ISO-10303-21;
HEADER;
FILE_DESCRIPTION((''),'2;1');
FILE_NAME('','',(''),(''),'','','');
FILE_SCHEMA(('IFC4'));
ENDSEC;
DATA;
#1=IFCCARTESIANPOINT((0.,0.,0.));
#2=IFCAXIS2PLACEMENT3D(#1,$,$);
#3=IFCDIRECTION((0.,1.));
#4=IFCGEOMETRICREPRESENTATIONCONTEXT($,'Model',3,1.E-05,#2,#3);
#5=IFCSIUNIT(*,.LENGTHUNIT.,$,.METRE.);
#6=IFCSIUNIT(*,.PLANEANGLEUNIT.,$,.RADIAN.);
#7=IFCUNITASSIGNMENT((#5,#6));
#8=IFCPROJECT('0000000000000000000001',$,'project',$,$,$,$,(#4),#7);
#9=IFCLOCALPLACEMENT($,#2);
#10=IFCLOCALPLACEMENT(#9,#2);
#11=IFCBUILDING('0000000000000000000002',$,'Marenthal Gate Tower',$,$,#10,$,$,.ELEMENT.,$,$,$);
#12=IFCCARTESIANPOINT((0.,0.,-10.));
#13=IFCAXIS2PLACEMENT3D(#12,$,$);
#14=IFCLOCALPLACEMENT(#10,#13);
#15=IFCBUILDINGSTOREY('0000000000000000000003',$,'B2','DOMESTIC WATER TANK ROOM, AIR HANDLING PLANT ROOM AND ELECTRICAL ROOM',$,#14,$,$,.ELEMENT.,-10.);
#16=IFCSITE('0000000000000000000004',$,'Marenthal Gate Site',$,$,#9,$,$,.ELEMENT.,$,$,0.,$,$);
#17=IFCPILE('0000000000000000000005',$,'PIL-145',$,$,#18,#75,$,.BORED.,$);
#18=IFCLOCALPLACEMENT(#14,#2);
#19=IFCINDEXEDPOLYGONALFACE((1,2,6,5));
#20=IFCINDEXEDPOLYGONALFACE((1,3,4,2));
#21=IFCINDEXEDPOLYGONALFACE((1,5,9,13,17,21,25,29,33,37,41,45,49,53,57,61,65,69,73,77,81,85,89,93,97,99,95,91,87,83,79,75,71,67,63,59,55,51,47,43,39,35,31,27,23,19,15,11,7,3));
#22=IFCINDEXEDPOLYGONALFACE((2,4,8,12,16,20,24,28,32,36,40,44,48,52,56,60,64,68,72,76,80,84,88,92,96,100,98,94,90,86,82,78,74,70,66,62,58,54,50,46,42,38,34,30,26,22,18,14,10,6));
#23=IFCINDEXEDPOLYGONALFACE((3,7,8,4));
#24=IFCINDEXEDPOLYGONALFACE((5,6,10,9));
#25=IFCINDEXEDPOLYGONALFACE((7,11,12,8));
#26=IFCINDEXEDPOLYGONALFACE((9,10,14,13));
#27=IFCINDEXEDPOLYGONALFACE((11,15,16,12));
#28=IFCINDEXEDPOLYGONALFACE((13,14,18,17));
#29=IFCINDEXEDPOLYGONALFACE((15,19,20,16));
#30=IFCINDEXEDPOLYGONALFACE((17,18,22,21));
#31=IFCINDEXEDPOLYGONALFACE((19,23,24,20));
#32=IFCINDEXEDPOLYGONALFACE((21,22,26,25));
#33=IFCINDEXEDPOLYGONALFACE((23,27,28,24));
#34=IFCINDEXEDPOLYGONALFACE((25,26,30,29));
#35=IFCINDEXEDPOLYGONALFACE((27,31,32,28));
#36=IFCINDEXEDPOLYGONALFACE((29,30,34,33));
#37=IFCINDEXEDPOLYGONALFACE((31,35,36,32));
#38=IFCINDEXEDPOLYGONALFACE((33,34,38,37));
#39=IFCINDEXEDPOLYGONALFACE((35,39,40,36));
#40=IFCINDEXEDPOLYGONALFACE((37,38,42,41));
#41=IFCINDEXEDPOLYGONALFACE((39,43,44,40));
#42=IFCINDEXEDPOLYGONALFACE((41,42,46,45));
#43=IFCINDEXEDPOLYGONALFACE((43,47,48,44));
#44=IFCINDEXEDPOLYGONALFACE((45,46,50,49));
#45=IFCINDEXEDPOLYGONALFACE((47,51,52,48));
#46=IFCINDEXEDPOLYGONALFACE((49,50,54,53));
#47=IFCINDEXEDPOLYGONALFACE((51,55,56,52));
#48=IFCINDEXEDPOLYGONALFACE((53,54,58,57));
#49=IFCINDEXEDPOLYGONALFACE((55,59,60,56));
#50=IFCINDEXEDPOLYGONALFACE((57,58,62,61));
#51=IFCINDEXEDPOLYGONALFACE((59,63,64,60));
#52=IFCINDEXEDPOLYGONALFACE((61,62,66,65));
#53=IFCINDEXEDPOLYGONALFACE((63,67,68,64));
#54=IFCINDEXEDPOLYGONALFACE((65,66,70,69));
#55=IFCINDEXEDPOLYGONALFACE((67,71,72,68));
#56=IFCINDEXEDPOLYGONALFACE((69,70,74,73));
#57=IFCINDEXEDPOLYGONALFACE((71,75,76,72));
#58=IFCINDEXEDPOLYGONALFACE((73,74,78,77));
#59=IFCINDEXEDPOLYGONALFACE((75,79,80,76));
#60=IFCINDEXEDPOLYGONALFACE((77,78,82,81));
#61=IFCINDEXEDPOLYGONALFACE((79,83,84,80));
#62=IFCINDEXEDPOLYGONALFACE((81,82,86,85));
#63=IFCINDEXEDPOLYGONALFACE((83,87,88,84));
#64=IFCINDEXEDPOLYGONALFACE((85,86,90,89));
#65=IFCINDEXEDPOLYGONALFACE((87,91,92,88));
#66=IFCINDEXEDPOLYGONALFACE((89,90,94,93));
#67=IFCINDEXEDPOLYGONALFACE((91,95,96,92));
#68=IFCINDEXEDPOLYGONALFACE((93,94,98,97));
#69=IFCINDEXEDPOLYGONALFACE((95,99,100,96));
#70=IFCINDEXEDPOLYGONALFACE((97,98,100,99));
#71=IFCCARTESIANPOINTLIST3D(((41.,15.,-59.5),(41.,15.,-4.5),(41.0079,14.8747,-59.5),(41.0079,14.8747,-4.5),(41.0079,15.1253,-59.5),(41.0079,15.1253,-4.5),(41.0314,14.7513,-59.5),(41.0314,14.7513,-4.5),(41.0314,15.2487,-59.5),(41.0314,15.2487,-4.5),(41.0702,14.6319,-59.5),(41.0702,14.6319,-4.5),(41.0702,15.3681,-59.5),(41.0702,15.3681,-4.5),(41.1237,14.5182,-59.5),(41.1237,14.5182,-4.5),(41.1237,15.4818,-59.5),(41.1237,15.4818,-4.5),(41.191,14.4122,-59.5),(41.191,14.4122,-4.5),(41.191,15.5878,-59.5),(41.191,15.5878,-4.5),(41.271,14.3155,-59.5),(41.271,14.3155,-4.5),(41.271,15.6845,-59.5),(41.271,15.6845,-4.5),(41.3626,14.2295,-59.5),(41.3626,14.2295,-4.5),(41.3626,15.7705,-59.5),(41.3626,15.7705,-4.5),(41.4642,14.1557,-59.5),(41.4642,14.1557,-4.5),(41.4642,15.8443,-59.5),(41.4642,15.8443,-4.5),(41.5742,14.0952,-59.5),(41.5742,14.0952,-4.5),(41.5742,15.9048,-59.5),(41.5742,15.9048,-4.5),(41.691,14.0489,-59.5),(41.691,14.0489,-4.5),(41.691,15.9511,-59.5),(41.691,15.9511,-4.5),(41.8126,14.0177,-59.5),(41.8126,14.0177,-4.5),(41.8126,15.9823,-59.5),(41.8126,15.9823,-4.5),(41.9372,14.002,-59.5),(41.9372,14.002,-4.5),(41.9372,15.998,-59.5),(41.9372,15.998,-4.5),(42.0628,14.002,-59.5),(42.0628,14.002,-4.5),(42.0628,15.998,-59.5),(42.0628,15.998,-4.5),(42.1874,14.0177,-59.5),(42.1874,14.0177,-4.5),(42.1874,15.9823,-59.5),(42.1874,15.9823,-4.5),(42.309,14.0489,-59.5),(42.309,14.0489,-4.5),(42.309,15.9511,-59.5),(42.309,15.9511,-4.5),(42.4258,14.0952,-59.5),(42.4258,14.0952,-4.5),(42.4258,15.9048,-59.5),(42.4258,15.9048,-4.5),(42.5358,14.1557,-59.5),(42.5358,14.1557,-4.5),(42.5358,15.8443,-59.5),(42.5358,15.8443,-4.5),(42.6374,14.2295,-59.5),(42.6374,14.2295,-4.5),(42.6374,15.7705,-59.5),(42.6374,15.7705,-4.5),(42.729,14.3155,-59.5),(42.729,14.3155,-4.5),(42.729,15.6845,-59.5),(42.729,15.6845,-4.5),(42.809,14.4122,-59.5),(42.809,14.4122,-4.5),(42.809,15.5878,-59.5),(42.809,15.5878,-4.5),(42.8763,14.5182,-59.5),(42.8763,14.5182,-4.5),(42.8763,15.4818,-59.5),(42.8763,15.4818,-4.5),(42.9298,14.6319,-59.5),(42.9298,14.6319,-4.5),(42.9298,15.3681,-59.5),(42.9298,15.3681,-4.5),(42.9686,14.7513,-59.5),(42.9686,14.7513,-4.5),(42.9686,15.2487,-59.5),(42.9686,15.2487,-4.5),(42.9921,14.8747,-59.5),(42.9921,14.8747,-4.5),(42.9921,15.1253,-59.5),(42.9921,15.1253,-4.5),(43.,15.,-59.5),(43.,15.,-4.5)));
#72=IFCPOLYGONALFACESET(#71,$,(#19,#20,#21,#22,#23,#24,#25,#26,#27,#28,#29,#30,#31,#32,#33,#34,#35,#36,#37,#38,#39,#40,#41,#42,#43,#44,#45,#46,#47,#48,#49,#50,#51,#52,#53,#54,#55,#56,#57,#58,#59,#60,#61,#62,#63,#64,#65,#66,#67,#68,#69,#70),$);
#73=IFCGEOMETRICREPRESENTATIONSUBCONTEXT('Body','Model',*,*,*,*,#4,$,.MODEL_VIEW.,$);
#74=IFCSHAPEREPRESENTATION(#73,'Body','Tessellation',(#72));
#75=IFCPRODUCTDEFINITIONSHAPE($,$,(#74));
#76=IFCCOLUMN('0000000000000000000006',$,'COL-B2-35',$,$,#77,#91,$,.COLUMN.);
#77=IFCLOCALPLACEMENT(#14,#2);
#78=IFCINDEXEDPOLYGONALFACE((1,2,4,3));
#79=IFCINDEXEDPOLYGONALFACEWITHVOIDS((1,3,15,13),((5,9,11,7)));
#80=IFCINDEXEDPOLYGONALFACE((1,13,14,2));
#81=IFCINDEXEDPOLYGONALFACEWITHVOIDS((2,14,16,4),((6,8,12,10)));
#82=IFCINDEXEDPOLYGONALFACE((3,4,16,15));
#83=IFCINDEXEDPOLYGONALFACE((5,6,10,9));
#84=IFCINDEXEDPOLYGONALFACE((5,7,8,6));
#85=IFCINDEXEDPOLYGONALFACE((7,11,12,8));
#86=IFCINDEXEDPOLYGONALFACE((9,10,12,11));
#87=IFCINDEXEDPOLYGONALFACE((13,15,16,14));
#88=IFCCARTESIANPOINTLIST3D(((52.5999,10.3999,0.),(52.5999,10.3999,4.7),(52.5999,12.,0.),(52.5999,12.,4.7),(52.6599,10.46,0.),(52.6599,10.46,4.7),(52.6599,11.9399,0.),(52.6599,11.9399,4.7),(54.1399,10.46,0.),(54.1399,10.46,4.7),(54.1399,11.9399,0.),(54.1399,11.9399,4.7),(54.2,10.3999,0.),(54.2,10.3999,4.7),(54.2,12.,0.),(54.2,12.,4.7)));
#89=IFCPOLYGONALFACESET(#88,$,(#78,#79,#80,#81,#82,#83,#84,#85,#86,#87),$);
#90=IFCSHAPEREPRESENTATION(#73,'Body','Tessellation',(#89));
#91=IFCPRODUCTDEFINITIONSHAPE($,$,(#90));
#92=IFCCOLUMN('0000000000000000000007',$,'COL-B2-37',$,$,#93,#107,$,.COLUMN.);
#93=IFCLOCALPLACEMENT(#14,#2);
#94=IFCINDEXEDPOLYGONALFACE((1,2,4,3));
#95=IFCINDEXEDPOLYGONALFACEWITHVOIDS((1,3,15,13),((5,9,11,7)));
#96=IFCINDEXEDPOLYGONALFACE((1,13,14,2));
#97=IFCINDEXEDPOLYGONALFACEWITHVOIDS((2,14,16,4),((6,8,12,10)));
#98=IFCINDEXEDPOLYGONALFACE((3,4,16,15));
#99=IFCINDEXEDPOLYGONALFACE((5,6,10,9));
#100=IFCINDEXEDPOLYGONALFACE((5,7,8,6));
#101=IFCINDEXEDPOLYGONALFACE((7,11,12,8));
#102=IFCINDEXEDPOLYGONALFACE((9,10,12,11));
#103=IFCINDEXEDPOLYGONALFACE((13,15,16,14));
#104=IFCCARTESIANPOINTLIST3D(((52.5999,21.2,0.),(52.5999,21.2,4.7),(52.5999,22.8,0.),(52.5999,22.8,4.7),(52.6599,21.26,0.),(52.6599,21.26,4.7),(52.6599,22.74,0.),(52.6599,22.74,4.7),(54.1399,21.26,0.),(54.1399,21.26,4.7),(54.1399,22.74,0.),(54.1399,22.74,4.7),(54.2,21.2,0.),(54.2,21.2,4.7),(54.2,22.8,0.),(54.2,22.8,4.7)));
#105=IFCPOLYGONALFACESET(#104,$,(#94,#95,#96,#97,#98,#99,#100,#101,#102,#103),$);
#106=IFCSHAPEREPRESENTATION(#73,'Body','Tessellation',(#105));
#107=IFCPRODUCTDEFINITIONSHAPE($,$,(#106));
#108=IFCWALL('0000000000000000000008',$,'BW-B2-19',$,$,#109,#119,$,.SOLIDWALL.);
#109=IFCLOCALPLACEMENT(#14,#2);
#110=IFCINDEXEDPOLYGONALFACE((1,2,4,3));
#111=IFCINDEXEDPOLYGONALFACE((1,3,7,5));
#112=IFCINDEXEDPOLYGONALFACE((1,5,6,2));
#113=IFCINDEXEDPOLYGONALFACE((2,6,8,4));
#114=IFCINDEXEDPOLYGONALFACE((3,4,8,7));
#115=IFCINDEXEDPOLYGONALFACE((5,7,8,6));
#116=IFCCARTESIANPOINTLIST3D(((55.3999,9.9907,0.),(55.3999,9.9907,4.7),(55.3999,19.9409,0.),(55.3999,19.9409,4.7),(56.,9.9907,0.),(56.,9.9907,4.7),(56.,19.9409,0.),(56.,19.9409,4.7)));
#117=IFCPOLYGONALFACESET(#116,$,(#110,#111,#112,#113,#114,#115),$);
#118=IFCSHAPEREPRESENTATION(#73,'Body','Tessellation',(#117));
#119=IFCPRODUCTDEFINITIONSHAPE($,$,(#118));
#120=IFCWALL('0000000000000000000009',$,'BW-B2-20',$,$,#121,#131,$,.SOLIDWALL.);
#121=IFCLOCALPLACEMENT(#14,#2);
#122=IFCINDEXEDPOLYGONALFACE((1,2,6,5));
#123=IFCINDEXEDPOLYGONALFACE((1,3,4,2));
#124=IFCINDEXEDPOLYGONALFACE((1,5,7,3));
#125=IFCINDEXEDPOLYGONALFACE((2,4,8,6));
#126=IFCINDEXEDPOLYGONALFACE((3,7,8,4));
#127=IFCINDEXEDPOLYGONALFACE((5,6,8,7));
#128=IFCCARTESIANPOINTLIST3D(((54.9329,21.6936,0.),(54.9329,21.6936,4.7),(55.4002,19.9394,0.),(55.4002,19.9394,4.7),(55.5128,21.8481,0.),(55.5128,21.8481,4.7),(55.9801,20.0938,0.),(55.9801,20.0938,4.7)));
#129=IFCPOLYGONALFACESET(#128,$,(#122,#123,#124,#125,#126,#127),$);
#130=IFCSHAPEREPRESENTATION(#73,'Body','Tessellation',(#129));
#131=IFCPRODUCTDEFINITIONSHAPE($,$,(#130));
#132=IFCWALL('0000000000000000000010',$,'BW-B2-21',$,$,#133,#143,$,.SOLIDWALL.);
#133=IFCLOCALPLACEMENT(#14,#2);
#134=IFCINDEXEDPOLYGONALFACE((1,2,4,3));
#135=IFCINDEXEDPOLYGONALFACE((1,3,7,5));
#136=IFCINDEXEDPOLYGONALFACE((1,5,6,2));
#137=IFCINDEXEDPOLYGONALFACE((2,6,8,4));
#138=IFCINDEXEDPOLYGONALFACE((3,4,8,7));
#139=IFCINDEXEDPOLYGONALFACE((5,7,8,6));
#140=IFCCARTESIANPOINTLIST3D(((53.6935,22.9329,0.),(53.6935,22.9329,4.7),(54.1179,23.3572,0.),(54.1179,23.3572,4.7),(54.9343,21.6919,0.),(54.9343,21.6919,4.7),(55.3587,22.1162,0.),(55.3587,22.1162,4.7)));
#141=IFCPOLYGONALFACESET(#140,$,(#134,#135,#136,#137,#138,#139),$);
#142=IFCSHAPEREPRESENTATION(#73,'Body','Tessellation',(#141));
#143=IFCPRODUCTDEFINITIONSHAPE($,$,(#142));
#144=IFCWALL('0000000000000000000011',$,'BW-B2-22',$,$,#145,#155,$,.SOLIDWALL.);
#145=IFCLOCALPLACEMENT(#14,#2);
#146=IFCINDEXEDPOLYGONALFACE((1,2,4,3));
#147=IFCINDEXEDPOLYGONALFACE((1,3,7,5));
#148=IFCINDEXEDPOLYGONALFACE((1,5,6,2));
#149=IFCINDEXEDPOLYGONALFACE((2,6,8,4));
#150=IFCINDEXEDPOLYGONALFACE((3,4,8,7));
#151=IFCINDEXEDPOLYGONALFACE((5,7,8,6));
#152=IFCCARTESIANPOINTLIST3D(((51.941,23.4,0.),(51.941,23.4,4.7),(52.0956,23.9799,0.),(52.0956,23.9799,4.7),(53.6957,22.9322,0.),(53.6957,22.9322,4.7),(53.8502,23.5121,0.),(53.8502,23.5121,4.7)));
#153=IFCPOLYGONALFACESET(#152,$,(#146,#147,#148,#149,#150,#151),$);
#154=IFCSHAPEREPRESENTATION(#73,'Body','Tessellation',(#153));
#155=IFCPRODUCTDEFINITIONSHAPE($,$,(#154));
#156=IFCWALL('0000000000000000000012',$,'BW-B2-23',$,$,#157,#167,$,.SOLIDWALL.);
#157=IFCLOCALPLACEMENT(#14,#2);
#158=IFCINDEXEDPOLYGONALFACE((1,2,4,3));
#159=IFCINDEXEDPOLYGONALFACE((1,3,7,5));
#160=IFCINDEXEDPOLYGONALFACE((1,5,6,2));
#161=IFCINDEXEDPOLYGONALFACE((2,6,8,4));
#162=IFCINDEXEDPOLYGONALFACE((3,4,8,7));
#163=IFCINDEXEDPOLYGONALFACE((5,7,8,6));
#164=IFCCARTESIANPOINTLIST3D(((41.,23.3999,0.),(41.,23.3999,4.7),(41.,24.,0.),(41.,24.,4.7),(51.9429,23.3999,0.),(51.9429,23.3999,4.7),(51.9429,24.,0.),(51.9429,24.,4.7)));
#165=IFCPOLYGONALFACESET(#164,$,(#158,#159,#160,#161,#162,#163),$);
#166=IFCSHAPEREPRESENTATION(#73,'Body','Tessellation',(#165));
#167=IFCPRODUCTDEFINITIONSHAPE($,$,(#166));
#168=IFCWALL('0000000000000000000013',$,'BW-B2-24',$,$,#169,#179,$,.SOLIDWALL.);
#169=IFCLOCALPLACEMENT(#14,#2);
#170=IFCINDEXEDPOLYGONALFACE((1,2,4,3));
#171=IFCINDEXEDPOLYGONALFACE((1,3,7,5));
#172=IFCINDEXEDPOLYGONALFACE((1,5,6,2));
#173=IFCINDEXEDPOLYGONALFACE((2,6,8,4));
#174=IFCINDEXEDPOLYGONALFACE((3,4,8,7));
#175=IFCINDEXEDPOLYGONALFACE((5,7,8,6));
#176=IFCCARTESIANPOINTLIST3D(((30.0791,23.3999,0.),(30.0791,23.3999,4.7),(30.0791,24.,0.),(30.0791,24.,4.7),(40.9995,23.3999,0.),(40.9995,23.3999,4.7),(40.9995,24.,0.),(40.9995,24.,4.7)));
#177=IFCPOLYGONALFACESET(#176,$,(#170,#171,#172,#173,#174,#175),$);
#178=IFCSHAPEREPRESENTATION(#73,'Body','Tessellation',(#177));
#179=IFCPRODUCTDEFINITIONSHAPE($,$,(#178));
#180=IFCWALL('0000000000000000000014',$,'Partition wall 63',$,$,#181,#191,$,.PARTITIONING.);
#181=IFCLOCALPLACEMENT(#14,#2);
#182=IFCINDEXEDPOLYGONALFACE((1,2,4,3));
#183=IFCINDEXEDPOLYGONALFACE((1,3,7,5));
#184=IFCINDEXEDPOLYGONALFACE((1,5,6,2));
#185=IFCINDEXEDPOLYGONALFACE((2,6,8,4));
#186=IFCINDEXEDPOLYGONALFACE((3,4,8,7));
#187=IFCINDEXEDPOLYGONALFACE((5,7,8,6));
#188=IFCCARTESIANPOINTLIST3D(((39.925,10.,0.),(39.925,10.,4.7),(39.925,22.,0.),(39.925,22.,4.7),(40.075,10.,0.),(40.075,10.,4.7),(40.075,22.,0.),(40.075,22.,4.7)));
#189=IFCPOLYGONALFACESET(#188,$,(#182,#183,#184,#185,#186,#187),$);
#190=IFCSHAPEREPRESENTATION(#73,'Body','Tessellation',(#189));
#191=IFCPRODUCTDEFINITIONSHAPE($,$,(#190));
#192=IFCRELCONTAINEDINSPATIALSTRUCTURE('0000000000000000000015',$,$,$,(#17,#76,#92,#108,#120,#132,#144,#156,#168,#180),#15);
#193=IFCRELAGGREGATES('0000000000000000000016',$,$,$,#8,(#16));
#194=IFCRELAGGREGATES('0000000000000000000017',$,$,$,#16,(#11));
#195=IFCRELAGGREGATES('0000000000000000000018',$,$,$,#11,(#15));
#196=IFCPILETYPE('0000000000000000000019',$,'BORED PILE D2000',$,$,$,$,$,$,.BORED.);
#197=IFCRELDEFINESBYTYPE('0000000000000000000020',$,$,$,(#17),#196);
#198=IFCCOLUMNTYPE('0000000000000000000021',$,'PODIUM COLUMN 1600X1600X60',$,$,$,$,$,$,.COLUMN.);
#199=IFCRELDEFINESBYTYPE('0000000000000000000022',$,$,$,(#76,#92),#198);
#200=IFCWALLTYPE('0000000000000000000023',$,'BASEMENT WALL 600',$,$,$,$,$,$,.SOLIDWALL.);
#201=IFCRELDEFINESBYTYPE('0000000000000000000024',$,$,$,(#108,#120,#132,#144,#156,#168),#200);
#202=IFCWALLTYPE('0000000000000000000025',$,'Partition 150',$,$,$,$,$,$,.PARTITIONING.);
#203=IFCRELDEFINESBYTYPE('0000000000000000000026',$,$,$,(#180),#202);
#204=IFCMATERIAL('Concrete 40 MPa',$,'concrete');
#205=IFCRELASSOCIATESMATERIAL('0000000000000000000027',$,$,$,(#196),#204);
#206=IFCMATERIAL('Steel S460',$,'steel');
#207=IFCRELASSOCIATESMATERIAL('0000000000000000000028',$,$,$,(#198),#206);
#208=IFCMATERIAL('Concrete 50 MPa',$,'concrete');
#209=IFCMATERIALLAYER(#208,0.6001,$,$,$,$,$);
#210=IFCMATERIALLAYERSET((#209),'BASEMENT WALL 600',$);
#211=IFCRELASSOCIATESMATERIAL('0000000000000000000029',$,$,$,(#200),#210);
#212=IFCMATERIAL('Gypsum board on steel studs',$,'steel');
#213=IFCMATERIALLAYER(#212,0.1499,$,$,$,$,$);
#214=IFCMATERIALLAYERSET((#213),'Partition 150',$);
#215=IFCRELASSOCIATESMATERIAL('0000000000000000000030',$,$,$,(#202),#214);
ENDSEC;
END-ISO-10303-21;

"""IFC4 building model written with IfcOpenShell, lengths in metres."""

from ifc_helpers import new_model, si_unit, direction, frame, frame_2d, origin, origin_2d, place, context, subcontext, project, spatial, rectangle, hollow_rectangle, circle, extrude, material, layer, layer_set, material_profile, profile_set, type_object, element, save


model = new_model("IFC4")

# Units and contexts
model_context = context("Model", 3, precision=1e-05, world=origin(), true_north=direction((0.0, 1.0)))
body_context = subcontext(model_context, "Body", "Model", "MODEL_VIEW")
ifc_project = project(units=[si_unit("LENGTHUNIT", "METRE"), si_unit("PLANEANGLEUNIT", "RADIAN")], contexts=[model_context])

# Site, building, storey
site_placement = place(None, origin())
site = spatial("IfcSite", under=ifc_project, at=site_placement, Name="Marenthal Gate Site", CompositionType="ELEMENT", RefElevation=0.0)
building_placement = place(site_placement, origin())
building = spatial("IfcBuilding", under=site, at=building_placement, Name="Marenthal Gate Tower", CompositionType="ELEMENT")
storey_placement = place(building_placement, frame((0.0, 0.0, -10.0)))
storey = spatial("IfcBuildingStorey", under=building, at=storey_placement, Name="B2", Description="DOMESTIC WATER TANK ROOM, AIR HANDLING PLANT ROOM AND ELECTRICAL ROOM", CompositionType="ELEMENT", Elevation=-10.0)

# Pile
ifc_material_1 = material(Name="Concrete 40 MPa", Category="concrete")
pile_type = type_object("IfcPileType", Name="BORED PILE D2000", PredefinedType="BORED", material=ifc_material_1)
for number, where, z_axis, x_axis, name in (
    (1, (42.0, 15.0, -4.5), (0.0, 0.0, -1.0), (1.0, 0.0, 0.0), "PIL-145"),
):
    element("IfcPile", number, at=place(storey_placement, frame(where, z_axis=z_axis, x_axis=x_axis)), inside=storey, type_object=pile_type, Name=name, PredefinedType="BORED", context=body_context, shape_type="SweptSolid", body=[
        extrude(circle(Radius=1.0, at=origin_2d()), origin(), (0.0, 0.0, 1.0), 55.0),
    ])

# Columns
ifc_material_2 = material(Name="Steel S460", Category="steel")
ifc_material_profile_1 = material_profile(ifc_material_2, hollow_rectangle(XDim=1.6001, YDim=1.6001, WallThickness=0.0601, at=origin_2d()), Name="CFT BOX 1600X1600X60")
ifc_material_3 = material(Name="Concrete 70 MPa", Category="concrete")
ifc_material_profile_2 = material_profile(ifc_material_3, rectangle(XDim=1.48, YDim=1.48, at=origin_2d()), Name="CFT BOX 1600X1600X60 INFILL")
ifc_profile_set = profile_set([ifc_material_profile_1, ifc_material_profile_2], Name="Steel S460 shell, Concrete 70 MPa infill")
column_type = type_object("IfcColumnType", Name="PODIUM COLUMN 1600X1600X60", PredefinedType="COLUMN", material=ifc_profile_set)
for number, where, z_axis, x_axis, name in (
    (2, (53.3999, 11.2, 0.0), (0.0, 0.0, 1.0), (1.0, 0.0, 0.0), "COL-B2-35"),
    (3, (53.3999, 22.0, 0.0), (0.0, 0.0, 1.0), (1.0, 0.0, 0.0), "COL-B2-37"),
):
    element("IfcColumn", number, at=place(storey_placement, frame(where, z_axis=z_axis, x_axis=x_axis)), inside=storey, type_object=column_type, Name=name, PredefinedType="COLUMN", context=body_context, shape_type="SweptSolid", body=[
        extrude(hollow_rectangle(XDim=1.6001, YDim=1.6001, WallThickness=0.0601, at=origin_2d()), origin(), (0.0, 0.0, 1.0), 4.7),
    ])

# Walls
ifc_material_4 = material(Name="Concrete 50 MPa", Category="concrete")
ifc_layer_1 = layer(ifc_material_4, 0.6001)
ifc_layer_set_1 = layer_set([ifc_layer_1], Name="BASEMENT WALL 600")
wall_type_1 = type_object("IfcWallType", Name="BASEMENT WALL 600", PredefinedType="SOLIDWALL", material=ifc_layer_set_1)
wall_1_placement = place(storey_placement, frame((55.7, 9.9907, 0.0), z_axis=(0.0, 0.0, 1.0), x_axis=(0.0, 1.0, 0.0)))
element("IfcWall", 4, at=wall_1_placement, inside=storey, type_object=wall_type_1, Name="BW-B2-19", PredefinedType="SOLIDWALL", context=body_context, shape_type="SweptSolid", body=[
    extrude(rectangle(XDim=9.9502, YDim=0.6001, at=frame_2d((4.9751, 0.0))), origin(), (0.0, 0.0, 1.0), 4.7),
])
wall_2_placement = place(storey_placement, frame((55.6902, 20.0166, 0.0), z_axis=(0.0, 0.0, 1.0), x_axis=(-0.257412, 0.966302, 0.0)))
element("IfcWall", 5, at=wall_2_placement, inside=storey, type_object=wall_type_1, Name="BW-B2-20", PredefinedType="SOLIDWALL", context=body_context, shape_type="SweptSolid", body=[
    extrude(rectangle(XDim=1.8154, YDim=0.6001, at=frame_2d((0.9077, 0.0))), origin(), (0.0, 0.0, 1.0), 4.7),
])
wall_3_placement = place(storey_placement, frame((55.1465, 21.9041, 0.0), z_axis=(0.0, 0.0, 1.0), x_axis=(-0.707037, 0.707176, 0.0)))
element("IfcWall", 6, at=wall_3_placement, inside=storey, type_object=wall_type_1, Name="BW-B2-21", PredefinedType="SOLIDWALL", context=body_context, shape_type="SweptSolid", body=[
    extrude(rectangle(XDim=1.7549, YDim=0.6001, at=frame_2d((0.8774, 0.0))), origin(), (0.0, 0.0, 1.0), 4.7),
])
wall_4_placement = place(storey_placement, frame((53.7729, 23.2222, 0.0), z_axis=(0.0, 0.0, 1.0), x_axis=(-0.966253, 0.257596, 0.0)))
element("IfcWall", 7, at=wall_4_placement, inside=storey, type_object=wall_type_1, Name="BW-B2-22", PredefinedType="SOLIDWALL", context=body_context, shape_type="SweptSolid", body=[
    extrude(rectangle(XDim=1.8159, YDim=0.6001, at=frame_2d((0.908, 0.0))), origin(), (0.0, 0.0, 1.0), 4.7),
])
wall_5_placement = place(storey_placement, frame((51.9429, 23.7, 0.0), z_axis=(0.0, 0.0, 1.0), x_axis=(-1.0, 0.0, 0.0)))
element("IfcWall", 8, at=wall_5_placement, inside=storey, type_object=wall_type_1, Name="BW-B2-23", PredefinedType="SOLIDWALL", context=body_context, shape_type="SweptSolid", body=[
    extrude(rectangle(XDim=10.9429, YDim=0.6001, at=frame_2d((5.4714, 0.0))), origin(), (0.0, 0.0, 1.0), 4.7),
])
wall_6_placement = place(storey_placement, frame((40.9995, 23.7, 0.0), z_axis=(0.0, 0.0, 1.0), x_axis=(-1.0, 0.0, 0.0)))
element("IfcWall", 9, at=wall_6_placement, inside=storey, type_object=wall_type_1, Name="BW-B2-24", PredefinedType="SOLIDWALL", context=body_context, shape_type="SweptSolid", body=[
    extrude(rectangle(XDim=10.9204, YDim=0.6001, at=frame_2d((5.4602, 0.0))), origin(), (0.0, 0.0, 1.0), 4.7),
])
ifc_material_5 = material(Name="Gypsum board on steel studs", Category="steel")
ifc_layer_2 = layer(ifc_material_5, 0.1499)
ifc_layer_set_2 = layer_set([ifc_layer_2], Name="Partition 150")
wall_type_2 = type_object("IfcWallType", Name="Partition 150", PredefinedType="PARTITIONING", material=ifc_layer_set_2)
wall_7_placement = place(storey_placement, frame((40.0, 10.0, 0.0), z_axis=(0.0, 0.0, 1.0), x_axis=(0.0, 1.0, 0.0)))
element("IfcWall", 10, at=wall_7_placement, inside=storey, type_object=wall_type_2, Name="Partition wall 63", PredefinedType="PARTITIONING", context=body_context, shape_type="SweptSolid", body=[
    extrude(rectangle(XDim=12.0, YDim=0.1499, at=frame_2d((6.0, 0.0))), origin(), (0.0, 0.0, 1.0), 4.7),
])

save(model, "model.ifc")
